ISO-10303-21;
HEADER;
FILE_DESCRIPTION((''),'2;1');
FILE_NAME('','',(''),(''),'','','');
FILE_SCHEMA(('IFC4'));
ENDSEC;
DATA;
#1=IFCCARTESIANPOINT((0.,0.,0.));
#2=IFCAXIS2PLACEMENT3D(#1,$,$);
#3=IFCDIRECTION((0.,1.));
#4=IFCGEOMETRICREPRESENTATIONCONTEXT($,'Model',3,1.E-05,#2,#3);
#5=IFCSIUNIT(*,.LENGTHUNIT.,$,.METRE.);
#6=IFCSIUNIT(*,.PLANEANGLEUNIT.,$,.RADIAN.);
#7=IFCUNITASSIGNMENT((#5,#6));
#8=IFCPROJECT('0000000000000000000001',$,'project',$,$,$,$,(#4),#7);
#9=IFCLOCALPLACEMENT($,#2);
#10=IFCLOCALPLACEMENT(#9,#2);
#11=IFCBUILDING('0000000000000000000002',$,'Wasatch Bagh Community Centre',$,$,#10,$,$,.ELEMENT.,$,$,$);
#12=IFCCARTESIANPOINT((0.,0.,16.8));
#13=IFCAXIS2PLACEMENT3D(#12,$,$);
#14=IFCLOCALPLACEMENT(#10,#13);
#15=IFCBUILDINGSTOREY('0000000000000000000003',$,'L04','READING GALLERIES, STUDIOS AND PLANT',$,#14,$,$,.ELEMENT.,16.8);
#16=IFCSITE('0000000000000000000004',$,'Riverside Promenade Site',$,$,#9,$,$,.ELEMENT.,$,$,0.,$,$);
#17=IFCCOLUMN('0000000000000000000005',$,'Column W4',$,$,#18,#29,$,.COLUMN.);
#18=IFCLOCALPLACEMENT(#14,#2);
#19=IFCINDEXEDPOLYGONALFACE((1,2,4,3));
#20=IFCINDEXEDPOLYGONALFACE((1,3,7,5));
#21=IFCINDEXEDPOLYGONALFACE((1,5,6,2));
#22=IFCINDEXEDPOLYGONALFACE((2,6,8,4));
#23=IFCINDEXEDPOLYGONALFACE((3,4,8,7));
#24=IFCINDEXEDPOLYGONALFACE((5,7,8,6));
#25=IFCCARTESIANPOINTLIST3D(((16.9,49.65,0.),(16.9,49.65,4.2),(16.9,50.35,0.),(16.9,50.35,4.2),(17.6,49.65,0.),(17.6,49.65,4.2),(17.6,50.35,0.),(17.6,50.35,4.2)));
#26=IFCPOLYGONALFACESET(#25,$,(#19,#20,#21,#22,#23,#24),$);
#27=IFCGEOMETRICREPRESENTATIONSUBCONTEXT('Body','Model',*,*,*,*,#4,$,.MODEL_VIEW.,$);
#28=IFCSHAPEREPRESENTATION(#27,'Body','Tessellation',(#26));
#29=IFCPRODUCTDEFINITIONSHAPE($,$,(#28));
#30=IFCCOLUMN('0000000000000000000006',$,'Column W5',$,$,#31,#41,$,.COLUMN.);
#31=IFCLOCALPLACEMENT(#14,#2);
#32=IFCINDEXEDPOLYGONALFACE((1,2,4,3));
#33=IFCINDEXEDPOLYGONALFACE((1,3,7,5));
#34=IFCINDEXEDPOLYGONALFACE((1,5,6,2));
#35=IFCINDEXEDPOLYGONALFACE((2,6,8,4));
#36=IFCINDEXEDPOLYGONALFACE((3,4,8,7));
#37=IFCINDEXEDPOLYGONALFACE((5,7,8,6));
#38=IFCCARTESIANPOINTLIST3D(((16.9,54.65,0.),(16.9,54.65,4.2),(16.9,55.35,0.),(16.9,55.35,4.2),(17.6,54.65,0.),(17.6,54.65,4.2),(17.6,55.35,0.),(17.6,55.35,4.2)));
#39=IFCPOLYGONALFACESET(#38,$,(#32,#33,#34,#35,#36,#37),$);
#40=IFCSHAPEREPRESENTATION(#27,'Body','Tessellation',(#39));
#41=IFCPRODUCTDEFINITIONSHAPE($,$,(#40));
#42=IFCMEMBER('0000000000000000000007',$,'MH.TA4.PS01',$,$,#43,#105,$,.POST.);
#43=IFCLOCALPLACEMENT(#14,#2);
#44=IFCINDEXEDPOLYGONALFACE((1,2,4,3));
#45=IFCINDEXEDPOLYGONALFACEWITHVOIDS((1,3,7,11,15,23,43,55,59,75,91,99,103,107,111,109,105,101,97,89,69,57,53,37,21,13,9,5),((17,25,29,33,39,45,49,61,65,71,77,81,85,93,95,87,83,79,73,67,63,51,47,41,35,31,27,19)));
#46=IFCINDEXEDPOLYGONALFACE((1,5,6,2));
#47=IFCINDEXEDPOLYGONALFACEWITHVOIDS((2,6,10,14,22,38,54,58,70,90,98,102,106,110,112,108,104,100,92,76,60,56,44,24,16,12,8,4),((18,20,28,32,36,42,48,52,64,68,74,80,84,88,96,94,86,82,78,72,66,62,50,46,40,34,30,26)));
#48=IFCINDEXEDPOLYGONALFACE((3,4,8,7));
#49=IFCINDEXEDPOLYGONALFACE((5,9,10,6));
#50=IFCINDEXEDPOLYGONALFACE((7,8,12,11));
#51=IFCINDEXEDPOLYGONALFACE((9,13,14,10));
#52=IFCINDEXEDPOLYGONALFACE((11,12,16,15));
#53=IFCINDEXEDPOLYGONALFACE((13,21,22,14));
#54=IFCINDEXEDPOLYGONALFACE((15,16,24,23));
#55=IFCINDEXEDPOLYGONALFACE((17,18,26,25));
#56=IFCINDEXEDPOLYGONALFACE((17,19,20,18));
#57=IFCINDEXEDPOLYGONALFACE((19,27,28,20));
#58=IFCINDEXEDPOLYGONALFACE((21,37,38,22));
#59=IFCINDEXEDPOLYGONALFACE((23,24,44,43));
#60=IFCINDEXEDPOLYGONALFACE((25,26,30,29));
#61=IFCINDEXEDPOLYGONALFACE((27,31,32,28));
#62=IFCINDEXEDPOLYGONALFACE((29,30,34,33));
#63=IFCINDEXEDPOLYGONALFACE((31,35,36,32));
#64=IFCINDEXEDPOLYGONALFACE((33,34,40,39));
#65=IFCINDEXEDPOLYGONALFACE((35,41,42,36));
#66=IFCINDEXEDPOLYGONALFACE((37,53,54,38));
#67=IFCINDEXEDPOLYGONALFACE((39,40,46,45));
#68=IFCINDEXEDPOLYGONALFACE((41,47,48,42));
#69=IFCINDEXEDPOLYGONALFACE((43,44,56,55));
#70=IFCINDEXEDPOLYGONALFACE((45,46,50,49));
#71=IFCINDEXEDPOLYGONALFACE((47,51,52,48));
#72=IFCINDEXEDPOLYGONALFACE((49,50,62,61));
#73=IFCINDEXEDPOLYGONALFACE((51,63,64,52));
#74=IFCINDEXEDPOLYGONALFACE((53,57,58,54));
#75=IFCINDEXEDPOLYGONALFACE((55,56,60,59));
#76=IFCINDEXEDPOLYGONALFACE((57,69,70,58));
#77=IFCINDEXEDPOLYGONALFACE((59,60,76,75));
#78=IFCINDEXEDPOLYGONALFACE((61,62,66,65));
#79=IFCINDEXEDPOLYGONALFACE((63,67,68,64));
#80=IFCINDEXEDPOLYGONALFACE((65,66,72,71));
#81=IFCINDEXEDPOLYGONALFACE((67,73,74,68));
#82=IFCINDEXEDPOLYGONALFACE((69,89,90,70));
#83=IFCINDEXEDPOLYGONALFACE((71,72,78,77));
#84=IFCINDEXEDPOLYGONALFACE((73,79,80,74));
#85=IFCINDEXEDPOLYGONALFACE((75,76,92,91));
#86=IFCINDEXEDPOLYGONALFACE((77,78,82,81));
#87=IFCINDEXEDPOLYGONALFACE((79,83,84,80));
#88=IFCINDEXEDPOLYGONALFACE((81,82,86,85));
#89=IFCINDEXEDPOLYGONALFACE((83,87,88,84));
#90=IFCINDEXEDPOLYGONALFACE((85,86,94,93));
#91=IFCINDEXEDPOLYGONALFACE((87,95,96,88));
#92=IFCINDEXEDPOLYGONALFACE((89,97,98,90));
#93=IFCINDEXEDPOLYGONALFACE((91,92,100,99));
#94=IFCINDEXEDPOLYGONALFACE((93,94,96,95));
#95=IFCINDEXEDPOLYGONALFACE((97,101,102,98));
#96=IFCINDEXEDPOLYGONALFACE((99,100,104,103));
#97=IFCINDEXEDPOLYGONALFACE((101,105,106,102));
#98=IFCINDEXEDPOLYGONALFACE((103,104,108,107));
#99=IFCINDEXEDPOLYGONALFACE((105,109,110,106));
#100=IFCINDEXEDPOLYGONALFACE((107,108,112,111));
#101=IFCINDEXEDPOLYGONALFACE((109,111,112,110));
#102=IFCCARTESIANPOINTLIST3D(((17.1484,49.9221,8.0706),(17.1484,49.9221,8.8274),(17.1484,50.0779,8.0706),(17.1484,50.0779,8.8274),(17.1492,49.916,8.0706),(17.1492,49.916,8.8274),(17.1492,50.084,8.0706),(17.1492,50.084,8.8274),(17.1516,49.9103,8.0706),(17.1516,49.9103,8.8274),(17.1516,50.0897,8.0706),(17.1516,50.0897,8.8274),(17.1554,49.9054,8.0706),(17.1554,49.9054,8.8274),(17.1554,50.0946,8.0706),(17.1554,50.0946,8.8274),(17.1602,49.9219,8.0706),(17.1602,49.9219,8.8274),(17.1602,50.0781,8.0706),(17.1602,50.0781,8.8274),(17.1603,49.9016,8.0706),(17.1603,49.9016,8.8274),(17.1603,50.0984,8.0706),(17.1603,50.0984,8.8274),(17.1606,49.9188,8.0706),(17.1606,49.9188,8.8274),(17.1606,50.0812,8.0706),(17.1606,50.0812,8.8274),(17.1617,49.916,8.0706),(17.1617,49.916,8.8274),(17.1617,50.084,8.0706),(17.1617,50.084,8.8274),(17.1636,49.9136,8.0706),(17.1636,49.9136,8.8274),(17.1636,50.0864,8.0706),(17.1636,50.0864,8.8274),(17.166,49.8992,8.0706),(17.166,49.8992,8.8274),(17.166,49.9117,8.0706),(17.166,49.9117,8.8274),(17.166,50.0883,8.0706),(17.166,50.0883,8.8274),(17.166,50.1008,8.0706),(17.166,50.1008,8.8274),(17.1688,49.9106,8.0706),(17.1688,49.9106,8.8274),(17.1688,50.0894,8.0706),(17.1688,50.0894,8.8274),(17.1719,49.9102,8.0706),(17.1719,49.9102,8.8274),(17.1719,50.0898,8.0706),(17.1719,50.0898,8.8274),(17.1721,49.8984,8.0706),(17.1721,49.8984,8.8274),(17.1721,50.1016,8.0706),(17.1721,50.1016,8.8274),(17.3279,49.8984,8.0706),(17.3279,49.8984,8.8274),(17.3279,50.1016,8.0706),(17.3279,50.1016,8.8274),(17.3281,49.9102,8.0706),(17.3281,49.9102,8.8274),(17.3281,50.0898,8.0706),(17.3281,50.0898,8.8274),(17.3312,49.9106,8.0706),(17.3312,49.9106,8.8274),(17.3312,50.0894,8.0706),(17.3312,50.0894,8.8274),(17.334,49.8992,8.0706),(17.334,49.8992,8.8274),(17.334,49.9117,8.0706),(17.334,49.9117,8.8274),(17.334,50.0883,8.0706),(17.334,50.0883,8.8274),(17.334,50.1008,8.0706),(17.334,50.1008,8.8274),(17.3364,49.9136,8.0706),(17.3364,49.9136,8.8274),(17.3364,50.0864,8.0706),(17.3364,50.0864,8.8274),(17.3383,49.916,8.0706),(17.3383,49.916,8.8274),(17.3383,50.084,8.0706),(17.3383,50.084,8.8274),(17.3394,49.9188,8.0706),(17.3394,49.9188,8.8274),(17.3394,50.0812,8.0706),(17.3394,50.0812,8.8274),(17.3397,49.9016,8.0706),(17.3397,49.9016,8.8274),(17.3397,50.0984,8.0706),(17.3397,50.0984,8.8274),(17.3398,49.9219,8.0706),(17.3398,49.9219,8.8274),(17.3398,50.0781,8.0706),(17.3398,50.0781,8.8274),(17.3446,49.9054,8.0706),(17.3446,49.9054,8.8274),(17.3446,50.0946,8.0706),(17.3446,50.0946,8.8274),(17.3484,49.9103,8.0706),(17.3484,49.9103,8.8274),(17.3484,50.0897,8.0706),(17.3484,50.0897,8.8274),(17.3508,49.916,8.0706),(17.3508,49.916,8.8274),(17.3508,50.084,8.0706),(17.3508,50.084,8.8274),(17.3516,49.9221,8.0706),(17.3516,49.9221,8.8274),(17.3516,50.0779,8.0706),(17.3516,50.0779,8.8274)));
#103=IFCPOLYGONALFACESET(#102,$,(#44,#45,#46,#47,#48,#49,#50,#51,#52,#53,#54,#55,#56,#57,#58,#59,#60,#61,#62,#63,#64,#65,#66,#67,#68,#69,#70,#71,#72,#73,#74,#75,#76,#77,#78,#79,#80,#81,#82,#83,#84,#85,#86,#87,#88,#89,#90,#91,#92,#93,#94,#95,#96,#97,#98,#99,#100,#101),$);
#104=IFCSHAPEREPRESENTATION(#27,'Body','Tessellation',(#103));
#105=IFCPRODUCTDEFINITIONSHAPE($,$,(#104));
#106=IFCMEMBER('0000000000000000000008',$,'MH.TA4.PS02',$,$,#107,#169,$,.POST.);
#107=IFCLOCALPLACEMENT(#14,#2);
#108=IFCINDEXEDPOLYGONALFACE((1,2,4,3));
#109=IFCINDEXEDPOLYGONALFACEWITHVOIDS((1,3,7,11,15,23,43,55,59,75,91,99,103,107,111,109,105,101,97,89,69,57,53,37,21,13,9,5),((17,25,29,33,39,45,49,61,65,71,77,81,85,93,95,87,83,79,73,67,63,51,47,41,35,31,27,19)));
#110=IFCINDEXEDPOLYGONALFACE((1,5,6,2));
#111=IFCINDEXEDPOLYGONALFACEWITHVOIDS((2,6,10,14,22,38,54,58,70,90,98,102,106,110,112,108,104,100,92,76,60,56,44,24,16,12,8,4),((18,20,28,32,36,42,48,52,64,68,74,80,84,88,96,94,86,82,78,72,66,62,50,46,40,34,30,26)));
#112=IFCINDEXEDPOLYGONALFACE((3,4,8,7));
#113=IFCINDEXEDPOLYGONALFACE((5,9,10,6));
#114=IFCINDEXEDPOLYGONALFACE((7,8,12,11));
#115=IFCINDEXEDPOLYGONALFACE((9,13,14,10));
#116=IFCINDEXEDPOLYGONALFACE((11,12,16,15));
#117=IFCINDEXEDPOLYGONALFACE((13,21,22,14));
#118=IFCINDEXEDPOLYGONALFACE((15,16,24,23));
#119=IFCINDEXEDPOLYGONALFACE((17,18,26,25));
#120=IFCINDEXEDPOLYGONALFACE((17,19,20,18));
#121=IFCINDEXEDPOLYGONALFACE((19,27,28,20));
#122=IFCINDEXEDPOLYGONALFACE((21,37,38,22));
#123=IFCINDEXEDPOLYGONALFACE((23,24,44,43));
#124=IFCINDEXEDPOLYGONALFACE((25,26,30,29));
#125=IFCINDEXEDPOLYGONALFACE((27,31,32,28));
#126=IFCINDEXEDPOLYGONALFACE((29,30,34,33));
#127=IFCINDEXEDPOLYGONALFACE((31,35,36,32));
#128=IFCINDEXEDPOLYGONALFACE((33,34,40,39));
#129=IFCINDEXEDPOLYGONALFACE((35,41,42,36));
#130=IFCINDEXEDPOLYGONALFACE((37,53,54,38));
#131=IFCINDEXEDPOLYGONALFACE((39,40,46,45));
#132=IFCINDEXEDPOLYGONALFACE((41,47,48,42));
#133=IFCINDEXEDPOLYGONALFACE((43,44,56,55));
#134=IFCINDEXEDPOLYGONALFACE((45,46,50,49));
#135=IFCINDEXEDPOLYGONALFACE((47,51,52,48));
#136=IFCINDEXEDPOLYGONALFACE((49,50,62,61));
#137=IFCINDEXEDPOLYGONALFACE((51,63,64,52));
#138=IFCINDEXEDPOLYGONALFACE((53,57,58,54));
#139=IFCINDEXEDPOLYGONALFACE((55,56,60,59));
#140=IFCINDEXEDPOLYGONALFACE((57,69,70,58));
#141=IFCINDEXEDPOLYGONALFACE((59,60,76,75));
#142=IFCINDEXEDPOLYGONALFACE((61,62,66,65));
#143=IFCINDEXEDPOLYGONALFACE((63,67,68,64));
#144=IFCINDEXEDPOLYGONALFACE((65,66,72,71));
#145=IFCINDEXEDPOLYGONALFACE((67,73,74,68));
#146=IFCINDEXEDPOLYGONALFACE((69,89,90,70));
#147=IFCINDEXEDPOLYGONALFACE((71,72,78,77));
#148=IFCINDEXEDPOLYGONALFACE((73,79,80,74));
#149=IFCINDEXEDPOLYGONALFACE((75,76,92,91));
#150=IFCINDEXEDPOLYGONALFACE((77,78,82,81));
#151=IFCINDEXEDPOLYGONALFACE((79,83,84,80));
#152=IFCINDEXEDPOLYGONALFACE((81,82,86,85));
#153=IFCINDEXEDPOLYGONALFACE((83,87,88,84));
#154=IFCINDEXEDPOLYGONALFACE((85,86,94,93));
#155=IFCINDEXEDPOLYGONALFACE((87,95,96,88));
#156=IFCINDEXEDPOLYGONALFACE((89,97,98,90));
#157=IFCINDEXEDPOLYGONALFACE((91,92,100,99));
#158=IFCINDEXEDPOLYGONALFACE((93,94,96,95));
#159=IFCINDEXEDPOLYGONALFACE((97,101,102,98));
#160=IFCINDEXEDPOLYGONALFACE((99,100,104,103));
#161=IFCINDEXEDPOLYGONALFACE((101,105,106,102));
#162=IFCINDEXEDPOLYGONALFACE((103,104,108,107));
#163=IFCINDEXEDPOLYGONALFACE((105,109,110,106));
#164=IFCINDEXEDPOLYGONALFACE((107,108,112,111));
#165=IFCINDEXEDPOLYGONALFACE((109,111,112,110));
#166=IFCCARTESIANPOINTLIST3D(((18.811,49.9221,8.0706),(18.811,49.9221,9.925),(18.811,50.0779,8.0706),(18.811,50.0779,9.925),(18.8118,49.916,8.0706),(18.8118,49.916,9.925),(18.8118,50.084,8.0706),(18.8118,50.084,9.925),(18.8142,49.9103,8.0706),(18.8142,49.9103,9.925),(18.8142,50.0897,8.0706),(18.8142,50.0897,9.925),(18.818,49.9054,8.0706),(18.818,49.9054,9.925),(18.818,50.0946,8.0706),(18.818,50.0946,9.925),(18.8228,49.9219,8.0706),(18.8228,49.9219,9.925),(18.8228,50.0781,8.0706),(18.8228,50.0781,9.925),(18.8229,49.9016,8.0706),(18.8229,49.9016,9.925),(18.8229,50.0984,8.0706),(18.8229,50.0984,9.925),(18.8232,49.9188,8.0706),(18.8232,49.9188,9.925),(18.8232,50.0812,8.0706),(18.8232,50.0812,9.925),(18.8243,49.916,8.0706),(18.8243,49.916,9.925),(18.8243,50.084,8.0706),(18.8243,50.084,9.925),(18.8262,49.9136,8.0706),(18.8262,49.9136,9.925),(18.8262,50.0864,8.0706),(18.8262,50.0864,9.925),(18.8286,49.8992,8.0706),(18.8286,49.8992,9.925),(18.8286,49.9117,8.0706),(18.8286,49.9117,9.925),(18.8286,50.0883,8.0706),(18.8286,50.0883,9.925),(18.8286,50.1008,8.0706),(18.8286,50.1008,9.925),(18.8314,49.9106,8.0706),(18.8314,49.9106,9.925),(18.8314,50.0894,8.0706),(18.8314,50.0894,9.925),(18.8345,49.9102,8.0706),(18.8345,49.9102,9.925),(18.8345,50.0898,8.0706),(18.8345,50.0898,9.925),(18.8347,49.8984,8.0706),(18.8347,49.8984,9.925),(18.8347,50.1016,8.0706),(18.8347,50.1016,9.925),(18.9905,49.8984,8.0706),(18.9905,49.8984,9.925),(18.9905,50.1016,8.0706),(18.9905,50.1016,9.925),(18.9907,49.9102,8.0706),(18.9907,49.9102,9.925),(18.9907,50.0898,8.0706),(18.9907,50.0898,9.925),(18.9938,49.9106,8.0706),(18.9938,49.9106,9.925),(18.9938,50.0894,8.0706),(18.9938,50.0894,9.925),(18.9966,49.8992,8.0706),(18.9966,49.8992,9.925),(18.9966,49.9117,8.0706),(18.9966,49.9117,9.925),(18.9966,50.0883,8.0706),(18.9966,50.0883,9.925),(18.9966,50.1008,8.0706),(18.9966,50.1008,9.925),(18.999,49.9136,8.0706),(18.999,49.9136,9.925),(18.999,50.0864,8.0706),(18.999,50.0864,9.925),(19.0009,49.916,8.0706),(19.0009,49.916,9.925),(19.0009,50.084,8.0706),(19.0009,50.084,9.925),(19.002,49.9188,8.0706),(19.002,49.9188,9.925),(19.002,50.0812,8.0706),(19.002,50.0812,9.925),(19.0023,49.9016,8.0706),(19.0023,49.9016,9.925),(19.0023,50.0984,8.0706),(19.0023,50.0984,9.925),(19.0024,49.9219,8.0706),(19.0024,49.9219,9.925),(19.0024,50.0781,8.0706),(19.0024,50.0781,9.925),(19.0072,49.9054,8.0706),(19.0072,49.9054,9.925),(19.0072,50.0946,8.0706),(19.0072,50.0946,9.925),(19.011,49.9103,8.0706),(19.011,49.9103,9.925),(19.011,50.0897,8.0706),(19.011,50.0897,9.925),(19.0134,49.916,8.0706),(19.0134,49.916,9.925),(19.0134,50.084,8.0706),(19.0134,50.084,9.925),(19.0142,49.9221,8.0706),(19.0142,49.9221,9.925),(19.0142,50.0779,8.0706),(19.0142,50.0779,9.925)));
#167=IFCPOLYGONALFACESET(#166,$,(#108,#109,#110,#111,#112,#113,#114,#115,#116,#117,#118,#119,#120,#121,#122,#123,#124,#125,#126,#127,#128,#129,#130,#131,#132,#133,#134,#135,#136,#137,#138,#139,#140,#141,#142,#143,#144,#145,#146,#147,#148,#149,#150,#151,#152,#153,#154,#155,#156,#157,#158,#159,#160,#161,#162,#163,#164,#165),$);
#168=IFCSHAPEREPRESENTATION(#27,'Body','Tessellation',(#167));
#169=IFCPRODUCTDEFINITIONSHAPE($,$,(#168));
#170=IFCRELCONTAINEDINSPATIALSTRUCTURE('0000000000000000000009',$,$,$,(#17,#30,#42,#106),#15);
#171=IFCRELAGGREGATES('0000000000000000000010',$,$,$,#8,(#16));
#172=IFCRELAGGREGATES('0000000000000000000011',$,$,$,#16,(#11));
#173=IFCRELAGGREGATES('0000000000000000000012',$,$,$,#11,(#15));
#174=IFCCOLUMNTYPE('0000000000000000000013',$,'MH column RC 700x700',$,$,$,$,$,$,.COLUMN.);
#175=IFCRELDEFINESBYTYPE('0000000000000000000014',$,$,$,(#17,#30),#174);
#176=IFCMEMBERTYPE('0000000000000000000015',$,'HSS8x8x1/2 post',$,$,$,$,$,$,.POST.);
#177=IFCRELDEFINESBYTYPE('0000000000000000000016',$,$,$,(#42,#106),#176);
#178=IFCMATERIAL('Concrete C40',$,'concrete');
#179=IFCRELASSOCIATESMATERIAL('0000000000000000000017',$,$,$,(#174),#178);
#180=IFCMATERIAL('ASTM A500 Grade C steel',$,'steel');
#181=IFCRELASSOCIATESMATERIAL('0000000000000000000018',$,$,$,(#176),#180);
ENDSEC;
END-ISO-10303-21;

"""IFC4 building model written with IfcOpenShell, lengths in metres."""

from ifc_helpers import new_model, si_unit, direction, frame, origin, origin_2d, place, context, subcontext, project, spatial, rectangle, hollow_rectangle, extrude, material, material_profile, profile_set, type_object, element, save


model = new_model("IFC4")

# Units and contexts
model_context = context("Model", 3, precision=1e-05, world=origin(), true_north=direction((0.0, 1.0)))
body_context = subcontext(model_context, "Body", "Model", "MODEL_VIEW")
ifc_project = project(units=[si_unit("LENGTHUNIT", "METRE"), si_unit("PLANEANGLEUNIT", "RADIAN")], contexts=[model_context])

# Site, building, storey
site_placement = place(None, origin())
site = spatial("IfcSite", under=ifc_project, at=site_placement, Name="Riverside Promenade Site", CompositionType="ELEMENT", RefElevation=0.0)
building_placement = place(site_placement, origin())
building = spatial("IfcBuilding", under=site, at=building_placement, Name="Wasatch Bagh Community Centre", CompositionType="ELEMENT")
storey_placement = place(building_placement, frame((0.0, 0.0, 16.8)))
storey = spatial("IfcBuildingStorey", under=building, at=storey_placement, Name="L04", Description="READING GALLERIES, STUDIOS AND PLANT", CompositionType="ELEMENT", Elevation=16.8)

# Columns
ifc_material_1 = material(Name="Concrete C40", Category="concrete")
ifc_material_profile_1 = material_profile(ifc_material_1, rectangle(XDim=0.7, YDim=0.7, at=origin_2d()), Name="RC 700x700")
ifc_profile_set_1 = profile_set([ifc_material_profile_1], Name="Concrete C40")
column_type = type_object("IfcColumnType", Name="MH column RC 700x700", PredefinedType="COLUMN", material=ifc_profile_set_1)
for number, where, z_axis, x_axis, name in (
    (1, (17.25, 50.0, 0.0), (0.0, 0.0, 1.0), (1.0, 0.0, 0.0), "Column W4"),
    (2, (17.25, 55.0, 0.0), (0.0, 0.0, 1.0), (1.0, 0.0, 0.0), "Column W5"),
):
    element("IfcColumn", number, at=place(storey_placement, frame(where, z_axis=z_axis, x_axis=x_axis)), inside=storey, type_object=column_type, Name=name, PredefinedType="COLUMN", context=body_context, shape_type="SweptSolid", body=[
        extrude(rectangle(XDim=0.7, YDim=0.7, at=origin_2d()), origin(), (0.0, 0.0, 1.0), 4.2),
    ])

# Members
ifc_material_2 = material(Name="ASTM A500 Grade C steel", Category="steel")
ifc_material_profile_2 = material_profile(ifc_material_2, hollow_rectangle(XDim=0.2031, YDim=0.2031, WallThickness=0.0117, InnerFilletRadius=0.0117, OuterFilletRadius=0.0237, at=origin_2d()), Name="HSS8x8x1/2")
ifc_profile_set_2 = profile_set([ifc_material_profile_2], Name="ASTM A500 Grade C steel")
member_type_1 = type_object("IfcMemberType", Name="HSS8x8x1/2 post", PredefinedType="POST", material=ifc_profile_set_2)
member_1_placement = place(storey_placement, frame((17.25, 50.0, 8.0706), z_axis=(0.0, 0.0, 1.0), x_axis=(1.0, 0.0, 0.0)))
element("IfcMember", 3, at=member_1_placement, inside=storey, type_object=member_type_1, Name="MH.TA4.PS01", PredefinedType="POST", context=body_context, shape_type="SweptSolid", body=[
    extrude(hollow_rectangle(XDim=0.2031, YDim=0.2031, WallThickness=0.0117, InnerFilletRadius=0.0117, OuterFilletRadius=0.0237, at=origin_2d()), origin(), (0.0, 0.0, 1.0), 0.7568),
])
member_2_placement = place(storey_placement, frame((18.9126, 50.0, 8.0706), z_axis=(0.0, 0.0, 1.0), x_axis=(1.0, 0.0, 0.0)))
element("IfcMember", 4, at=member_2_placement, inside=storey, type_object=member_type_1, Name="MH.TA4.PS02", PredefinedType="POST", context=body_context, shape_type="SweptSolid", body=[
    extrude(hollow_rectangle(XDim=0.2031, YDim=0.2031, WallThickness=0.0117, InnerFilletRadius=0.0117, OuterFilletRadius=0.0237, at=origin_2d()), origin(), (0.0, 0.0, 1.0), 1.8545),
])

save(model, "model.ifc")
